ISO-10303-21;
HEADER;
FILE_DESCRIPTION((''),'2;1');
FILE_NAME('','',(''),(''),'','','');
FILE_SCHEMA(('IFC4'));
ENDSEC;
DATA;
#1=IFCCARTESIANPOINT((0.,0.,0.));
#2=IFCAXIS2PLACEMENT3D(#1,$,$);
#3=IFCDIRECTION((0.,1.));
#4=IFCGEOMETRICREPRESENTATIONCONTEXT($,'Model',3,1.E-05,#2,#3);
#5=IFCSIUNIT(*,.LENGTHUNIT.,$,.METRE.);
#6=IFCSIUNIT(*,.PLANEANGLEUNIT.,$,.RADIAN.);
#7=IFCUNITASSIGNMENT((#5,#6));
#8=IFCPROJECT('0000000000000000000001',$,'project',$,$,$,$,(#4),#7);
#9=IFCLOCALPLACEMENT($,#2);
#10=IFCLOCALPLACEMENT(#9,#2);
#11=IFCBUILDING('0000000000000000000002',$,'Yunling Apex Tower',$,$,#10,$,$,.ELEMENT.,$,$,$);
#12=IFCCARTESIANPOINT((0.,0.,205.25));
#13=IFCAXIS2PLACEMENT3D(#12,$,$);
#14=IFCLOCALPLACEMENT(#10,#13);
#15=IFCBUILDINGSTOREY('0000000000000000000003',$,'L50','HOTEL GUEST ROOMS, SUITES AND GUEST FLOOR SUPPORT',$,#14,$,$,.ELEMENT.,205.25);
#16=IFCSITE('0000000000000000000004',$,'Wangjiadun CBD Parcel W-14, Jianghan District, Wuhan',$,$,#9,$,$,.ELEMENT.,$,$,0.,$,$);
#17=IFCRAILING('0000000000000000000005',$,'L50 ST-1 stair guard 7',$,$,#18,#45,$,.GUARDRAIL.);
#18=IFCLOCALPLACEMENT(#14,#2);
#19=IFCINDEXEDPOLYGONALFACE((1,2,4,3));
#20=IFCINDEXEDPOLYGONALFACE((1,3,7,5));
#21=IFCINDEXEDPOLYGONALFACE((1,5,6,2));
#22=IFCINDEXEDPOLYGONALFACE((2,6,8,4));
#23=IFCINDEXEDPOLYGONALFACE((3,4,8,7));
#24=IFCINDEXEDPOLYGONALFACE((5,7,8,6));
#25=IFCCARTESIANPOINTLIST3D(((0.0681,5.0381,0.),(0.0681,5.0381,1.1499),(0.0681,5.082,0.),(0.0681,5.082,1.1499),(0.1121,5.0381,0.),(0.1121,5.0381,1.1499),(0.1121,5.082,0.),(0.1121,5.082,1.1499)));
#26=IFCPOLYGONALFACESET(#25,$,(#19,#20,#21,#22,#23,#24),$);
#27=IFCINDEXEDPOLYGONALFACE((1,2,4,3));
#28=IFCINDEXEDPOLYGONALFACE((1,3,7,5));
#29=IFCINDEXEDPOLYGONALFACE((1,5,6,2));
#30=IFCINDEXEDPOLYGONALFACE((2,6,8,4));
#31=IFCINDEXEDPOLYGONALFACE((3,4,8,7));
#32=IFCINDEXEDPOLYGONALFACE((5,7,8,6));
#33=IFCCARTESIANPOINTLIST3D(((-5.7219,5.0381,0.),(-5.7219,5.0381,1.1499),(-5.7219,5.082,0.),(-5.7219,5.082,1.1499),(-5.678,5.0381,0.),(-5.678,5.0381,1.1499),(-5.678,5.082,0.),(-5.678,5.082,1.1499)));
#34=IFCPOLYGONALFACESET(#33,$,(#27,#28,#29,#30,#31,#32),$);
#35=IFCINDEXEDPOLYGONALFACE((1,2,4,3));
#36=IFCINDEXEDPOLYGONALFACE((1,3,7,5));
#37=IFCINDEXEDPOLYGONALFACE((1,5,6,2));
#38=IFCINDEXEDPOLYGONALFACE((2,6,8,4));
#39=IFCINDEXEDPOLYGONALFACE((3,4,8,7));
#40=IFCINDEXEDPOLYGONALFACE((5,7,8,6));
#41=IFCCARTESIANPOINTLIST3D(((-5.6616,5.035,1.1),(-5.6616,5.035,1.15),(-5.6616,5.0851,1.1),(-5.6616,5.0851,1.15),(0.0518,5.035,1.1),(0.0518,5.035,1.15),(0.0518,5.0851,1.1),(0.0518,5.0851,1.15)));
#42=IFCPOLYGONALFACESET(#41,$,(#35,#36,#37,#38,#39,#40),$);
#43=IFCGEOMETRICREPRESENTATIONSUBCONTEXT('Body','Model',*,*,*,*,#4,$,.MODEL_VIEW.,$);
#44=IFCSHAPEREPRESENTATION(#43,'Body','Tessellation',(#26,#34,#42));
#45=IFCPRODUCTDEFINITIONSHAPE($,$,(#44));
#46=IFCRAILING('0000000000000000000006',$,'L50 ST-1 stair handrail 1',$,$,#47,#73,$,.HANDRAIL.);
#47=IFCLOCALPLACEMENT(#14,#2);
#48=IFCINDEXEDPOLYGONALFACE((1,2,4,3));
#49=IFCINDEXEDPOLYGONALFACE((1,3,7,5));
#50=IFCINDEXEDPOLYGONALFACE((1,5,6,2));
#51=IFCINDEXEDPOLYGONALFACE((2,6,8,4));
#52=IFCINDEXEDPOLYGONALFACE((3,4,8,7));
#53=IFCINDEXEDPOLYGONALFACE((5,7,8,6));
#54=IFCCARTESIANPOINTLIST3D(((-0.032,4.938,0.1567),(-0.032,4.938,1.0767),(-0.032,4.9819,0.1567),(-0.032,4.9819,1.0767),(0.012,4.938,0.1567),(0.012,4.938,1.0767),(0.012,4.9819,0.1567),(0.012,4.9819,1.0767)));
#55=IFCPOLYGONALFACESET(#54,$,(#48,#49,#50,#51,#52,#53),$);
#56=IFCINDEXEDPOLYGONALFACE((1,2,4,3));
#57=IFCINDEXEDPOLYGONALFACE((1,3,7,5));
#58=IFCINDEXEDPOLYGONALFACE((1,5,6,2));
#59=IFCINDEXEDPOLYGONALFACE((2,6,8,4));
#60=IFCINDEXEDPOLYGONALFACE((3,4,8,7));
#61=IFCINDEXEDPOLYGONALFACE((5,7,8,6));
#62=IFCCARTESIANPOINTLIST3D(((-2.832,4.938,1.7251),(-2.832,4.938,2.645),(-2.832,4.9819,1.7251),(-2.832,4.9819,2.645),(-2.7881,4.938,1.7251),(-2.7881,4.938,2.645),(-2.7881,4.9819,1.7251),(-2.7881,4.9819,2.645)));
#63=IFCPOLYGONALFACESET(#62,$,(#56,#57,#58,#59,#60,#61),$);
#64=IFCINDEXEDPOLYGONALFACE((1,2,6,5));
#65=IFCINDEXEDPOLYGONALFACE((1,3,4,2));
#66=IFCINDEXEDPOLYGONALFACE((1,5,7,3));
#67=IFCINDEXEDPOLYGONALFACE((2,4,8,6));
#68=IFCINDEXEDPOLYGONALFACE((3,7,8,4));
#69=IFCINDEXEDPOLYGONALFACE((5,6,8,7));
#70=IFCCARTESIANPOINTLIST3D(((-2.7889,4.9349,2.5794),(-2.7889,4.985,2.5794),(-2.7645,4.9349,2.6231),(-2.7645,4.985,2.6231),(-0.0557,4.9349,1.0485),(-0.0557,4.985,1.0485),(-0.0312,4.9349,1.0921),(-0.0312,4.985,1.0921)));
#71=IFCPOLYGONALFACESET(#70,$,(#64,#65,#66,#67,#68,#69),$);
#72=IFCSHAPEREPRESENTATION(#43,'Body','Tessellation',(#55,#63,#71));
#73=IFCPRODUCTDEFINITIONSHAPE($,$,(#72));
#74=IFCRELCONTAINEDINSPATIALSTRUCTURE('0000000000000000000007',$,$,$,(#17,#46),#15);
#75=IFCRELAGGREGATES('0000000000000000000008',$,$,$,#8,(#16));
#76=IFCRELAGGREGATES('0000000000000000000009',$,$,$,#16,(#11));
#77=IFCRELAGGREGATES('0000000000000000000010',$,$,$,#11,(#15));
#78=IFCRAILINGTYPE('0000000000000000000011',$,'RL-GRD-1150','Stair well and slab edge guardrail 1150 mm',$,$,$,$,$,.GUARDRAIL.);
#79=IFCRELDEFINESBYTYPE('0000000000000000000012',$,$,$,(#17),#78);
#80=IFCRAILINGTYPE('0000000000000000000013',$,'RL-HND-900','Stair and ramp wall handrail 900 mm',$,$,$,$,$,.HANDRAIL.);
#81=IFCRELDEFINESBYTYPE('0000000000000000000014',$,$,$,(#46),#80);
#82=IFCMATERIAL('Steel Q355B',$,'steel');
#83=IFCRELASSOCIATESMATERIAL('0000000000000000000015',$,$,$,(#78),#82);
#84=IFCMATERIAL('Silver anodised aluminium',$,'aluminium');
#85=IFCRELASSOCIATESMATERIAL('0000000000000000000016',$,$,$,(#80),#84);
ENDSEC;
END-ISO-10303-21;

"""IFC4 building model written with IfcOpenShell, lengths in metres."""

from ifc_helpers import new_model, si_unit, direction, frame, origin, origin_2d, place, context, subcontext, project, spatial, rectangle, extrude, material, type_object, element, save


model = new_model("IFC4")

# Units and contexts
model_context = context("Model", 3, precision=1e-05, world=origin(), true_north=direction((0.0, 1.0)))
body_context = subcontext(model_context, "Body", "Model", "MODEL_VIEW")
ifc_project = project(units=[si_unit("LENGTHUNIT", "METRE"), si_unit("PLANEANGLEUNIT", "RADIAN")], contexts=[model_context])

# Site, building, storey
site_placement = place(None, origin())
site = spatial("IfcSite", under=ifc_project, at=site_placement, Name="Wangjiadun CBD Parcel W-14, Jianghan District, Wuhan", CompositionType="ELEMENT", RefElevation=0.0)
building_placement = place(site_placement, origin())
building = spatial("IfcBuilding", under=site, at=building_placement, Name="Yunling Apex Tower", CompositionType="ELEMENT")
storey_placement = place(building_placement, frame((0.0, 0.0, 205.25)))
storey = spatial("IfcBuildingStorey", under=building, at=storey_placement, Name="L50", Description="HOTEL GUEST ROOMS, SUITES AND GUEST FLOOR SUPPORT", CompositionType="ELEMENT", Elevation=205.25)

# Shared definitions
ifc_material_1 = material(Name="Steel Q355B", Category="steel")

# Railings
railing_type_1 = type_object("IfcRailingType", Name="RL-GRD-1150", Description="Stair well and slab edge guardrail 1150 mm", PredefinedType="GUARDRAIL", material=ifc_material_1)
railing_1_placement = place(storey_placement, frame((0.0901, 5.0601, 0.0)))
element("IfcRailing", 1, at=railing_1_placement, inside=storey, type_object=railing_type_1, Name="L50 ST-1 stair guard 7", PredefinedType="GUARDRAIL", context=body_context, shape_type="SweptSolid", body=[
    extrude(rectangle(XDim=0.0439, YDim=0.0439, at=origin_2d()), origin(), (0.0, 0.0, 1.0), 1.1499),
    extrude(rectangle(XDim=0.0439, YDim=0.0439, at=origin_2d()), frame((-5.79, 0.0, 0.0)), (0.0, 0.0, 1.0), 1.1499),
    extrude(rectangle(XDim=0.05, YDim=0.05, at=origin_2d()), frame((-0.0383, 0.0, 1.125), z_axis=(-1.0, 0.0, 0.0), x_axis=(0.0, -1.0, 0.0)), (0.0, 0.0, 1.0), 5.7134),
])
ifc_material_2 = material(Name="Silver anodised aluminium", Category="aluminium")
railing_type_2 = type_object("IfcRailingType", Name="RL-HND-900", Description="Stair and ramp wall handrail 900 mm", PredefinedType="HANDRAIL", material=ifc_material_2)
railing_2_placement = place(storey_placement, frame((-0.01, 4.96, 0.1567)))
element("IfcRailing", 2, at=railing_2_placement, inside=storey, type_object=railing_type_2, Name="L50 ST-1 stair handrail 1", PredefinedType="HANDRAIL", context=body_context, shape_type="SweptSolid", body=[
    extrude(rectangle(XDim=0.0439, YDim=0.0439, at=origin_2d()), origin(), (0.0, 0.0, 1.0), 0.9199),
    extrude(rectangle(XDim=0.0439, YDim=0.0439, at=origin_2d()), frame((-2.8, 0.0, 1.5684)), (0.0, 0.0, 1.0), 0.9199),
    extrude(rectangle(XDim=0.05, YDim=0.05, at=origin_2d()), frame((-0.0334, 0.0, 0.9136), z_axis=(-0.872462, 0.0, 0.488682), x_axis=(0.0, -1.0, 0.0)), (0.0, 0.0, 1.0), 3.1328),
])

save(model, "model.ifc")
